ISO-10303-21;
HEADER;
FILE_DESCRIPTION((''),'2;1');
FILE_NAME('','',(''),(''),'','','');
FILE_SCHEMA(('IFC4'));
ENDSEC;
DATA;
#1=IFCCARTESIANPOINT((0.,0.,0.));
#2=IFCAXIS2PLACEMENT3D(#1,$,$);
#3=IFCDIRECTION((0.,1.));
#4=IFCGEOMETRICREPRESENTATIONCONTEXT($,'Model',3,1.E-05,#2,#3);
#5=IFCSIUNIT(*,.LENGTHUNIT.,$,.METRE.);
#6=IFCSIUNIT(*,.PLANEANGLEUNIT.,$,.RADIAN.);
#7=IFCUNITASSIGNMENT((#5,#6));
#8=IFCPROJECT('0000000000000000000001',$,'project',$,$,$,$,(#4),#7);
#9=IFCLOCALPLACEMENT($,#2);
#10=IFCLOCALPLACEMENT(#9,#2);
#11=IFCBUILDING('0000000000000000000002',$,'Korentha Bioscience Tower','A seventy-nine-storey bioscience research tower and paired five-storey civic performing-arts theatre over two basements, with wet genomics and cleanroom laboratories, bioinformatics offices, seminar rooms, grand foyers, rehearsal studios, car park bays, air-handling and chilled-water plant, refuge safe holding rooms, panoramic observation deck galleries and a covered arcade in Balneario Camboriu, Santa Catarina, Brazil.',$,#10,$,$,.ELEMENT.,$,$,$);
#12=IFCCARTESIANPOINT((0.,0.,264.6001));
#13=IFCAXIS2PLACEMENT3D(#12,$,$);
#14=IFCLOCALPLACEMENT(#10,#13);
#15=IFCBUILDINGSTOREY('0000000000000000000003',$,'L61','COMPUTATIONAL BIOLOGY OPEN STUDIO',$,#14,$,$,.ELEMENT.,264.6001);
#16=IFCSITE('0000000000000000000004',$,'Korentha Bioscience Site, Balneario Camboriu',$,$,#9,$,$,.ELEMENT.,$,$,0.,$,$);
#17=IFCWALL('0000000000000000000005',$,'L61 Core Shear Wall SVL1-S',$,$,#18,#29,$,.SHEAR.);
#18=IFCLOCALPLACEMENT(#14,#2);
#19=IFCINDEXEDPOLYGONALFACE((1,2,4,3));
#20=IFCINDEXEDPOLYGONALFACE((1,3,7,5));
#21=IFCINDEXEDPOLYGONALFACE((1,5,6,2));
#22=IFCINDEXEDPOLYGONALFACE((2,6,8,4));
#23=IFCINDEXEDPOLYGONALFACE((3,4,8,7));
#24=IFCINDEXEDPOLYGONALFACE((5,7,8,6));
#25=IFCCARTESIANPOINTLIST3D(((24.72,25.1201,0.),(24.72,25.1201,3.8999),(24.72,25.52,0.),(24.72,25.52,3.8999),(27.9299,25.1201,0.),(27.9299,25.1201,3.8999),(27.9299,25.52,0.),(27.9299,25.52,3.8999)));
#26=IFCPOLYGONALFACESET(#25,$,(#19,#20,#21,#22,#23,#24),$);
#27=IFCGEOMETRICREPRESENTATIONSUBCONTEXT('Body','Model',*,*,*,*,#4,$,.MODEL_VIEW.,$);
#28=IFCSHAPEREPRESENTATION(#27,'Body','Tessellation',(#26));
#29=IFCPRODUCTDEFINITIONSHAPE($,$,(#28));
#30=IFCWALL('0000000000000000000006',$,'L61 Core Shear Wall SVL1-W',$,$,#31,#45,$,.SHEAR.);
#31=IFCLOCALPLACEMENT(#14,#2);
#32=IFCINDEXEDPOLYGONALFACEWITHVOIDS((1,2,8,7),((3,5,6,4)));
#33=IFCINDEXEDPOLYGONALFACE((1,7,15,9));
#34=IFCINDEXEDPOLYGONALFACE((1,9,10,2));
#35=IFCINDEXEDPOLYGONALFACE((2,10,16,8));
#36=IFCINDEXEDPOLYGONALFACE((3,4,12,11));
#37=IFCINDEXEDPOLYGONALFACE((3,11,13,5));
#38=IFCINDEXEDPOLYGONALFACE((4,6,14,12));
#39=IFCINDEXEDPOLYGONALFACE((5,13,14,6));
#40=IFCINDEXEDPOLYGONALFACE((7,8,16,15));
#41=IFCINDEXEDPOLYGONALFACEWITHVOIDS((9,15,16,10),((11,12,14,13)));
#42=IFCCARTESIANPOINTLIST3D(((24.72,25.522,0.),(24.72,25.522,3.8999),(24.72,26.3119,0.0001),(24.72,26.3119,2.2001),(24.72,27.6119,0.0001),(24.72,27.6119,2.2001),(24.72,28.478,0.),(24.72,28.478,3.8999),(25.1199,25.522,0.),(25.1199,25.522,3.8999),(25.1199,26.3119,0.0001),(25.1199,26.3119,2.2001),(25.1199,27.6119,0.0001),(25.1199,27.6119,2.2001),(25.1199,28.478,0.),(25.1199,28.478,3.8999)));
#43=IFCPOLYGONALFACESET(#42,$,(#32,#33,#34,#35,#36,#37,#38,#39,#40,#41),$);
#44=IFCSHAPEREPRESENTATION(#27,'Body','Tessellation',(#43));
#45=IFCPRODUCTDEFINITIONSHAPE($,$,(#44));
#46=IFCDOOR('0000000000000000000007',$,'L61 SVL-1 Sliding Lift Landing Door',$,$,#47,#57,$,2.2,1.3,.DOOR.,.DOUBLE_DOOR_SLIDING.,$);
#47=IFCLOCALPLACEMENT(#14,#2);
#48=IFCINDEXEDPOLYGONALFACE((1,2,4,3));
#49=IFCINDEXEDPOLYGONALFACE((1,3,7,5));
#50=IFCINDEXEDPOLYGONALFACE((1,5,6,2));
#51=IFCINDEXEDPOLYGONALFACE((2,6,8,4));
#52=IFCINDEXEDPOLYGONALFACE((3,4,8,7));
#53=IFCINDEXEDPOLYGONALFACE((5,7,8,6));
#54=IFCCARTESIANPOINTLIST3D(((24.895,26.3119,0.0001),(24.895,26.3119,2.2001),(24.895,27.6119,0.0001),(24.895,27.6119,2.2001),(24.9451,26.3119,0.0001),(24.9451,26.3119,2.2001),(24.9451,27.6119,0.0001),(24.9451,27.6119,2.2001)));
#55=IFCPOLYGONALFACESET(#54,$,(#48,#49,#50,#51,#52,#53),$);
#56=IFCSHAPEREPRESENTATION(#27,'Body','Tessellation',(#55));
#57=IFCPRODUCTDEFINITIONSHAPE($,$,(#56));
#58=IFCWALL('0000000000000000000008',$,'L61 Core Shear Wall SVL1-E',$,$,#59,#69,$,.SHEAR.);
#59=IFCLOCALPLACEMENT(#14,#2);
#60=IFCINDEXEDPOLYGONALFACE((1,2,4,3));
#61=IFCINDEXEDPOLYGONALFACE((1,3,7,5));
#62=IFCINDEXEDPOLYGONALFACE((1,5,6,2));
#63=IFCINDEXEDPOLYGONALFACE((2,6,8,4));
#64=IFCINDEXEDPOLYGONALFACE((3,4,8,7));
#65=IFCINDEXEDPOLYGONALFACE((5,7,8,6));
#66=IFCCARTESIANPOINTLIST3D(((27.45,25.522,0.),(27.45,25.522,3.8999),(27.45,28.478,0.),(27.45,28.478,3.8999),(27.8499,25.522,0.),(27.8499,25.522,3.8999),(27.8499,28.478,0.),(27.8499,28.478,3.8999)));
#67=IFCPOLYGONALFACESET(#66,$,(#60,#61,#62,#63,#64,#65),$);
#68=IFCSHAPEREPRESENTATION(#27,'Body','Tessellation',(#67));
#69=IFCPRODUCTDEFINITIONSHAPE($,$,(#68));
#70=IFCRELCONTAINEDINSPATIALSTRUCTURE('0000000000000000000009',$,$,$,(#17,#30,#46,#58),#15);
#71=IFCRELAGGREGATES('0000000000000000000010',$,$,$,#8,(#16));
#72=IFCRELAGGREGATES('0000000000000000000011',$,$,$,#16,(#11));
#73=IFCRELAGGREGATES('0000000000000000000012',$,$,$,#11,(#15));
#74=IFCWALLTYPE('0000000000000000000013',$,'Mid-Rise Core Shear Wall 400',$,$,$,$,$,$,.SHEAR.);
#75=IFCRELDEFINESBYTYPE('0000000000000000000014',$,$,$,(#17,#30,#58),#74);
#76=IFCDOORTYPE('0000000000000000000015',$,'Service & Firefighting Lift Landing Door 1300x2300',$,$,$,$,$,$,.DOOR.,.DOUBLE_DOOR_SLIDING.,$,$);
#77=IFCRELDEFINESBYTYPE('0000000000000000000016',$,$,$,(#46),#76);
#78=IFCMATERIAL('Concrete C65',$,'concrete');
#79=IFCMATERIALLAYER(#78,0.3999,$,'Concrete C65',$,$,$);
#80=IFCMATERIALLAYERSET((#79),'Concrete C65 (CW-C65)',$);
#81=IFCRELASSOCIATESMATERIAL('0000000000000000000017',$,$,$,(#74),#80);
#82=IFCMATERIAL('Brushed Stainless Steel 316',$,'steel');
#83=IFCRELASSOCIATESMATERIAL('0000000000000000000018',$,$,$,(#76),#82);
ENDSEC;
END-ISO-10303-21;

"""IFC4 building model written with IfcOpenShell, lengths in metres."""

from ifc_helpers import new_model, si_unit, direction, frame, frame_2d, origin, place, context, subcontext, project, spatial, rectangle, extrude, material, layer, layer_set, type_object, element, fill, save


model = new_model("IFC4")

# Units and contexts
model_context = context("Model", 3, precision=1e-05, world=origin(), true_north=direction((0.0, 1.0)))
body_context = subcontext(model_context, "Body", "Model", "MODEL_VIEW")
ifc_project = project(units=[si_unit("LENGTHUNIT", "METRE"), si_unit("PLANEANGLEUNIT", "RADIAN")], contexts=[model_context])

# Site, building, storey
site_placement = place(None, origin())
site = spatial("IfcSite", under=ifc_project, at=site_placement, Name="Korentha Bioscience Site, Balneario Camboriu", CompositionType="ELEMENT", RefElevation=0.0)
building_placement = place(site_placement, origin())
building = spatial("IfcBuilding", under=site, at=building_placement, Name="Korentha Bioscience Tower", Description="A seventy-nine-storey bioscience research tower and paired five-storey civic performing-arts theatre over two basements, with wet genomics and cleanroom laboratories, bioinformatics offices, seminar rooms, grand foyers, rehearsal studios, car park bays, air-handling and chilled-water plant, refuge safe holding rooms, panoramic observation deck galleries and a covered arcade in Balneario Camboriu, Santa Catarina, Brazil.", CompositionType="ELEMENT")
storey_placement = place(building_placement, frame((0.0, 0.0, 264.6001)))
storey = spatial("IfcBuildingStorey", under=building, at=storey_placement, Name="L61", Description="COMPUTATIONAL BIOLOGY OPEN STUDIO", CompositionType="ELEMENT", Elevation=264.6001)

# Shared definitions
ifc_material_1 = material(Name="Concrete C65", Category="concrete")

# Shared definitions
ifc_layer_1 = layer(ifc_material_1, 0.3999, Name="Concrete C65")
ifc_layer_set_1 = layer_set([ifc_layer_1], Name="Concrete C65 (CW-C65)")
wall_type_1 = type_object("IfcWallType", Name="Mid-Rise Core Shear Wall 400", PredefinedType="SHEAR", material=ifc_layer_set_1)

# Shared definitions
ifc_material_2 = material(Name="Brushed Stainless Steel 316", Category="steel")
door_type_1 = type_object("IfcDoorType", Name="Service & Firefighting Lift Landing Door 1300x2300", OperationType="DOUBLE_DOOR_SLIDING", PredefinedType="DOOR", material=ifc_material_2)

# Wall
wall_1_placement = place(storey_placement, frame((24.72, 25.3201, 0.0), z_axis=(0.0, 0.0, 1.0), x_axis=(1.0, 0.0, 0.0)))
element("IfcWall", 1, at=wall_1_placement, inside=storey, type_object=wall_type_1, Name="L61 Core Shear Wall SVL1-S", PredefinedType="SHEAR", context=body_context, shape_type="SweptSolid", body=[
    extrude(rectangle(XDim=3.21, YDim=0.3999, at=frame_2d((1.605, 0.0))), origin(), (0.0, 0.0, 1.0), 3.8999),
])

# Wall, opening, door
wall_2_placement = place(storey_placement, frame((24.9199, 25.522, 0.0), z_axis=(0.0, 0.0, 1.0), x_axis=(0.0, 1.0, 0.0)))
wall_2 = element("IfcWall", 2, at=wall_2_placement, inside=storey, type_object=wall_type_1, Name="L61 Core Shear Wall SVL1-W", PredefinedType="SHEAR", context=body_context, shape_type="SweptSolid", body=[
    extrude(rectangle(XDim=2.9561, YDim=0.3999, at=frame_2d((1.478, 0.0))), origin(), (0.0, 0.0, 1.0), 3.8999),
])
opening_1_placement = place(wall_2_placement, frame((0.79, 0.0, 0.0)))
opening_1 = element("IfcOpeningElement", 3, at=opening_1_placement, cuts=wall_2, PredefinedType="OPENING", context=body_context, shape_type="SweptSolid", body=[
    extrude(rectangle(XDim=1.3, YDim=2.2, at=frame_2d((0.6499, 1.1001))), frame((0.0, 0.2148, 0.0), z_axis=(0.0, -1.0, 0.0), x_axis=(1.0, 0.0, 0.0)), (0.0, 0.0, 1.0), 0.4297),
])
door_1_placement = place(opening_1_placement, origin())
door_1 = element("IfcDoor", 4, at=door_1_placement, inside=storey, type_object=door_type_1, Name="L61 SVL-1 Sliding Lift Landing Door", OperationType="DOUBLE_DOOR_SLIDING", OverallHeight=2.2, OverallWidth=1.3, PredefinedType="DOOR", context=body_context, shape_type="SweptSolid", body=[
    extrude(rectangle(XDim=1.3, YDim=2.2, at=frame_2d((0.6499, 1.1001))), frame((0.0, 0.0249, 0.0), z_axis=(0.0, -1.0, 0.0), x_axis=(1.0, 0.0, 0.0)), (0.0, 0.0, 1.0), 0.05),
])
fill(opening_1, door_1)

# Wall
wall_3_placement = place(storey_placement, frame((27.6499, 25.522, 0.0), z_axis=(0.0, 0.0, 1.0), x_axis=(0.0, 1.0, 0.0)))
element("IfcWall", 5, at=wall_3_placement, inside=storey, type_object=wall_type_1, Name="L61 Core Shear Wall SVL1-E", PredefinedType="SHEAR", context=body_context, shape_type="SweptSolid", body=[
    extrude(rectangle(XDim=2.9561, YDim=0.3999, at=frame_2d((1.478, 0.0))), origin(), (0.0, 0.0, 1.0), 3.8999),
])

save(model, "model.ifc")
